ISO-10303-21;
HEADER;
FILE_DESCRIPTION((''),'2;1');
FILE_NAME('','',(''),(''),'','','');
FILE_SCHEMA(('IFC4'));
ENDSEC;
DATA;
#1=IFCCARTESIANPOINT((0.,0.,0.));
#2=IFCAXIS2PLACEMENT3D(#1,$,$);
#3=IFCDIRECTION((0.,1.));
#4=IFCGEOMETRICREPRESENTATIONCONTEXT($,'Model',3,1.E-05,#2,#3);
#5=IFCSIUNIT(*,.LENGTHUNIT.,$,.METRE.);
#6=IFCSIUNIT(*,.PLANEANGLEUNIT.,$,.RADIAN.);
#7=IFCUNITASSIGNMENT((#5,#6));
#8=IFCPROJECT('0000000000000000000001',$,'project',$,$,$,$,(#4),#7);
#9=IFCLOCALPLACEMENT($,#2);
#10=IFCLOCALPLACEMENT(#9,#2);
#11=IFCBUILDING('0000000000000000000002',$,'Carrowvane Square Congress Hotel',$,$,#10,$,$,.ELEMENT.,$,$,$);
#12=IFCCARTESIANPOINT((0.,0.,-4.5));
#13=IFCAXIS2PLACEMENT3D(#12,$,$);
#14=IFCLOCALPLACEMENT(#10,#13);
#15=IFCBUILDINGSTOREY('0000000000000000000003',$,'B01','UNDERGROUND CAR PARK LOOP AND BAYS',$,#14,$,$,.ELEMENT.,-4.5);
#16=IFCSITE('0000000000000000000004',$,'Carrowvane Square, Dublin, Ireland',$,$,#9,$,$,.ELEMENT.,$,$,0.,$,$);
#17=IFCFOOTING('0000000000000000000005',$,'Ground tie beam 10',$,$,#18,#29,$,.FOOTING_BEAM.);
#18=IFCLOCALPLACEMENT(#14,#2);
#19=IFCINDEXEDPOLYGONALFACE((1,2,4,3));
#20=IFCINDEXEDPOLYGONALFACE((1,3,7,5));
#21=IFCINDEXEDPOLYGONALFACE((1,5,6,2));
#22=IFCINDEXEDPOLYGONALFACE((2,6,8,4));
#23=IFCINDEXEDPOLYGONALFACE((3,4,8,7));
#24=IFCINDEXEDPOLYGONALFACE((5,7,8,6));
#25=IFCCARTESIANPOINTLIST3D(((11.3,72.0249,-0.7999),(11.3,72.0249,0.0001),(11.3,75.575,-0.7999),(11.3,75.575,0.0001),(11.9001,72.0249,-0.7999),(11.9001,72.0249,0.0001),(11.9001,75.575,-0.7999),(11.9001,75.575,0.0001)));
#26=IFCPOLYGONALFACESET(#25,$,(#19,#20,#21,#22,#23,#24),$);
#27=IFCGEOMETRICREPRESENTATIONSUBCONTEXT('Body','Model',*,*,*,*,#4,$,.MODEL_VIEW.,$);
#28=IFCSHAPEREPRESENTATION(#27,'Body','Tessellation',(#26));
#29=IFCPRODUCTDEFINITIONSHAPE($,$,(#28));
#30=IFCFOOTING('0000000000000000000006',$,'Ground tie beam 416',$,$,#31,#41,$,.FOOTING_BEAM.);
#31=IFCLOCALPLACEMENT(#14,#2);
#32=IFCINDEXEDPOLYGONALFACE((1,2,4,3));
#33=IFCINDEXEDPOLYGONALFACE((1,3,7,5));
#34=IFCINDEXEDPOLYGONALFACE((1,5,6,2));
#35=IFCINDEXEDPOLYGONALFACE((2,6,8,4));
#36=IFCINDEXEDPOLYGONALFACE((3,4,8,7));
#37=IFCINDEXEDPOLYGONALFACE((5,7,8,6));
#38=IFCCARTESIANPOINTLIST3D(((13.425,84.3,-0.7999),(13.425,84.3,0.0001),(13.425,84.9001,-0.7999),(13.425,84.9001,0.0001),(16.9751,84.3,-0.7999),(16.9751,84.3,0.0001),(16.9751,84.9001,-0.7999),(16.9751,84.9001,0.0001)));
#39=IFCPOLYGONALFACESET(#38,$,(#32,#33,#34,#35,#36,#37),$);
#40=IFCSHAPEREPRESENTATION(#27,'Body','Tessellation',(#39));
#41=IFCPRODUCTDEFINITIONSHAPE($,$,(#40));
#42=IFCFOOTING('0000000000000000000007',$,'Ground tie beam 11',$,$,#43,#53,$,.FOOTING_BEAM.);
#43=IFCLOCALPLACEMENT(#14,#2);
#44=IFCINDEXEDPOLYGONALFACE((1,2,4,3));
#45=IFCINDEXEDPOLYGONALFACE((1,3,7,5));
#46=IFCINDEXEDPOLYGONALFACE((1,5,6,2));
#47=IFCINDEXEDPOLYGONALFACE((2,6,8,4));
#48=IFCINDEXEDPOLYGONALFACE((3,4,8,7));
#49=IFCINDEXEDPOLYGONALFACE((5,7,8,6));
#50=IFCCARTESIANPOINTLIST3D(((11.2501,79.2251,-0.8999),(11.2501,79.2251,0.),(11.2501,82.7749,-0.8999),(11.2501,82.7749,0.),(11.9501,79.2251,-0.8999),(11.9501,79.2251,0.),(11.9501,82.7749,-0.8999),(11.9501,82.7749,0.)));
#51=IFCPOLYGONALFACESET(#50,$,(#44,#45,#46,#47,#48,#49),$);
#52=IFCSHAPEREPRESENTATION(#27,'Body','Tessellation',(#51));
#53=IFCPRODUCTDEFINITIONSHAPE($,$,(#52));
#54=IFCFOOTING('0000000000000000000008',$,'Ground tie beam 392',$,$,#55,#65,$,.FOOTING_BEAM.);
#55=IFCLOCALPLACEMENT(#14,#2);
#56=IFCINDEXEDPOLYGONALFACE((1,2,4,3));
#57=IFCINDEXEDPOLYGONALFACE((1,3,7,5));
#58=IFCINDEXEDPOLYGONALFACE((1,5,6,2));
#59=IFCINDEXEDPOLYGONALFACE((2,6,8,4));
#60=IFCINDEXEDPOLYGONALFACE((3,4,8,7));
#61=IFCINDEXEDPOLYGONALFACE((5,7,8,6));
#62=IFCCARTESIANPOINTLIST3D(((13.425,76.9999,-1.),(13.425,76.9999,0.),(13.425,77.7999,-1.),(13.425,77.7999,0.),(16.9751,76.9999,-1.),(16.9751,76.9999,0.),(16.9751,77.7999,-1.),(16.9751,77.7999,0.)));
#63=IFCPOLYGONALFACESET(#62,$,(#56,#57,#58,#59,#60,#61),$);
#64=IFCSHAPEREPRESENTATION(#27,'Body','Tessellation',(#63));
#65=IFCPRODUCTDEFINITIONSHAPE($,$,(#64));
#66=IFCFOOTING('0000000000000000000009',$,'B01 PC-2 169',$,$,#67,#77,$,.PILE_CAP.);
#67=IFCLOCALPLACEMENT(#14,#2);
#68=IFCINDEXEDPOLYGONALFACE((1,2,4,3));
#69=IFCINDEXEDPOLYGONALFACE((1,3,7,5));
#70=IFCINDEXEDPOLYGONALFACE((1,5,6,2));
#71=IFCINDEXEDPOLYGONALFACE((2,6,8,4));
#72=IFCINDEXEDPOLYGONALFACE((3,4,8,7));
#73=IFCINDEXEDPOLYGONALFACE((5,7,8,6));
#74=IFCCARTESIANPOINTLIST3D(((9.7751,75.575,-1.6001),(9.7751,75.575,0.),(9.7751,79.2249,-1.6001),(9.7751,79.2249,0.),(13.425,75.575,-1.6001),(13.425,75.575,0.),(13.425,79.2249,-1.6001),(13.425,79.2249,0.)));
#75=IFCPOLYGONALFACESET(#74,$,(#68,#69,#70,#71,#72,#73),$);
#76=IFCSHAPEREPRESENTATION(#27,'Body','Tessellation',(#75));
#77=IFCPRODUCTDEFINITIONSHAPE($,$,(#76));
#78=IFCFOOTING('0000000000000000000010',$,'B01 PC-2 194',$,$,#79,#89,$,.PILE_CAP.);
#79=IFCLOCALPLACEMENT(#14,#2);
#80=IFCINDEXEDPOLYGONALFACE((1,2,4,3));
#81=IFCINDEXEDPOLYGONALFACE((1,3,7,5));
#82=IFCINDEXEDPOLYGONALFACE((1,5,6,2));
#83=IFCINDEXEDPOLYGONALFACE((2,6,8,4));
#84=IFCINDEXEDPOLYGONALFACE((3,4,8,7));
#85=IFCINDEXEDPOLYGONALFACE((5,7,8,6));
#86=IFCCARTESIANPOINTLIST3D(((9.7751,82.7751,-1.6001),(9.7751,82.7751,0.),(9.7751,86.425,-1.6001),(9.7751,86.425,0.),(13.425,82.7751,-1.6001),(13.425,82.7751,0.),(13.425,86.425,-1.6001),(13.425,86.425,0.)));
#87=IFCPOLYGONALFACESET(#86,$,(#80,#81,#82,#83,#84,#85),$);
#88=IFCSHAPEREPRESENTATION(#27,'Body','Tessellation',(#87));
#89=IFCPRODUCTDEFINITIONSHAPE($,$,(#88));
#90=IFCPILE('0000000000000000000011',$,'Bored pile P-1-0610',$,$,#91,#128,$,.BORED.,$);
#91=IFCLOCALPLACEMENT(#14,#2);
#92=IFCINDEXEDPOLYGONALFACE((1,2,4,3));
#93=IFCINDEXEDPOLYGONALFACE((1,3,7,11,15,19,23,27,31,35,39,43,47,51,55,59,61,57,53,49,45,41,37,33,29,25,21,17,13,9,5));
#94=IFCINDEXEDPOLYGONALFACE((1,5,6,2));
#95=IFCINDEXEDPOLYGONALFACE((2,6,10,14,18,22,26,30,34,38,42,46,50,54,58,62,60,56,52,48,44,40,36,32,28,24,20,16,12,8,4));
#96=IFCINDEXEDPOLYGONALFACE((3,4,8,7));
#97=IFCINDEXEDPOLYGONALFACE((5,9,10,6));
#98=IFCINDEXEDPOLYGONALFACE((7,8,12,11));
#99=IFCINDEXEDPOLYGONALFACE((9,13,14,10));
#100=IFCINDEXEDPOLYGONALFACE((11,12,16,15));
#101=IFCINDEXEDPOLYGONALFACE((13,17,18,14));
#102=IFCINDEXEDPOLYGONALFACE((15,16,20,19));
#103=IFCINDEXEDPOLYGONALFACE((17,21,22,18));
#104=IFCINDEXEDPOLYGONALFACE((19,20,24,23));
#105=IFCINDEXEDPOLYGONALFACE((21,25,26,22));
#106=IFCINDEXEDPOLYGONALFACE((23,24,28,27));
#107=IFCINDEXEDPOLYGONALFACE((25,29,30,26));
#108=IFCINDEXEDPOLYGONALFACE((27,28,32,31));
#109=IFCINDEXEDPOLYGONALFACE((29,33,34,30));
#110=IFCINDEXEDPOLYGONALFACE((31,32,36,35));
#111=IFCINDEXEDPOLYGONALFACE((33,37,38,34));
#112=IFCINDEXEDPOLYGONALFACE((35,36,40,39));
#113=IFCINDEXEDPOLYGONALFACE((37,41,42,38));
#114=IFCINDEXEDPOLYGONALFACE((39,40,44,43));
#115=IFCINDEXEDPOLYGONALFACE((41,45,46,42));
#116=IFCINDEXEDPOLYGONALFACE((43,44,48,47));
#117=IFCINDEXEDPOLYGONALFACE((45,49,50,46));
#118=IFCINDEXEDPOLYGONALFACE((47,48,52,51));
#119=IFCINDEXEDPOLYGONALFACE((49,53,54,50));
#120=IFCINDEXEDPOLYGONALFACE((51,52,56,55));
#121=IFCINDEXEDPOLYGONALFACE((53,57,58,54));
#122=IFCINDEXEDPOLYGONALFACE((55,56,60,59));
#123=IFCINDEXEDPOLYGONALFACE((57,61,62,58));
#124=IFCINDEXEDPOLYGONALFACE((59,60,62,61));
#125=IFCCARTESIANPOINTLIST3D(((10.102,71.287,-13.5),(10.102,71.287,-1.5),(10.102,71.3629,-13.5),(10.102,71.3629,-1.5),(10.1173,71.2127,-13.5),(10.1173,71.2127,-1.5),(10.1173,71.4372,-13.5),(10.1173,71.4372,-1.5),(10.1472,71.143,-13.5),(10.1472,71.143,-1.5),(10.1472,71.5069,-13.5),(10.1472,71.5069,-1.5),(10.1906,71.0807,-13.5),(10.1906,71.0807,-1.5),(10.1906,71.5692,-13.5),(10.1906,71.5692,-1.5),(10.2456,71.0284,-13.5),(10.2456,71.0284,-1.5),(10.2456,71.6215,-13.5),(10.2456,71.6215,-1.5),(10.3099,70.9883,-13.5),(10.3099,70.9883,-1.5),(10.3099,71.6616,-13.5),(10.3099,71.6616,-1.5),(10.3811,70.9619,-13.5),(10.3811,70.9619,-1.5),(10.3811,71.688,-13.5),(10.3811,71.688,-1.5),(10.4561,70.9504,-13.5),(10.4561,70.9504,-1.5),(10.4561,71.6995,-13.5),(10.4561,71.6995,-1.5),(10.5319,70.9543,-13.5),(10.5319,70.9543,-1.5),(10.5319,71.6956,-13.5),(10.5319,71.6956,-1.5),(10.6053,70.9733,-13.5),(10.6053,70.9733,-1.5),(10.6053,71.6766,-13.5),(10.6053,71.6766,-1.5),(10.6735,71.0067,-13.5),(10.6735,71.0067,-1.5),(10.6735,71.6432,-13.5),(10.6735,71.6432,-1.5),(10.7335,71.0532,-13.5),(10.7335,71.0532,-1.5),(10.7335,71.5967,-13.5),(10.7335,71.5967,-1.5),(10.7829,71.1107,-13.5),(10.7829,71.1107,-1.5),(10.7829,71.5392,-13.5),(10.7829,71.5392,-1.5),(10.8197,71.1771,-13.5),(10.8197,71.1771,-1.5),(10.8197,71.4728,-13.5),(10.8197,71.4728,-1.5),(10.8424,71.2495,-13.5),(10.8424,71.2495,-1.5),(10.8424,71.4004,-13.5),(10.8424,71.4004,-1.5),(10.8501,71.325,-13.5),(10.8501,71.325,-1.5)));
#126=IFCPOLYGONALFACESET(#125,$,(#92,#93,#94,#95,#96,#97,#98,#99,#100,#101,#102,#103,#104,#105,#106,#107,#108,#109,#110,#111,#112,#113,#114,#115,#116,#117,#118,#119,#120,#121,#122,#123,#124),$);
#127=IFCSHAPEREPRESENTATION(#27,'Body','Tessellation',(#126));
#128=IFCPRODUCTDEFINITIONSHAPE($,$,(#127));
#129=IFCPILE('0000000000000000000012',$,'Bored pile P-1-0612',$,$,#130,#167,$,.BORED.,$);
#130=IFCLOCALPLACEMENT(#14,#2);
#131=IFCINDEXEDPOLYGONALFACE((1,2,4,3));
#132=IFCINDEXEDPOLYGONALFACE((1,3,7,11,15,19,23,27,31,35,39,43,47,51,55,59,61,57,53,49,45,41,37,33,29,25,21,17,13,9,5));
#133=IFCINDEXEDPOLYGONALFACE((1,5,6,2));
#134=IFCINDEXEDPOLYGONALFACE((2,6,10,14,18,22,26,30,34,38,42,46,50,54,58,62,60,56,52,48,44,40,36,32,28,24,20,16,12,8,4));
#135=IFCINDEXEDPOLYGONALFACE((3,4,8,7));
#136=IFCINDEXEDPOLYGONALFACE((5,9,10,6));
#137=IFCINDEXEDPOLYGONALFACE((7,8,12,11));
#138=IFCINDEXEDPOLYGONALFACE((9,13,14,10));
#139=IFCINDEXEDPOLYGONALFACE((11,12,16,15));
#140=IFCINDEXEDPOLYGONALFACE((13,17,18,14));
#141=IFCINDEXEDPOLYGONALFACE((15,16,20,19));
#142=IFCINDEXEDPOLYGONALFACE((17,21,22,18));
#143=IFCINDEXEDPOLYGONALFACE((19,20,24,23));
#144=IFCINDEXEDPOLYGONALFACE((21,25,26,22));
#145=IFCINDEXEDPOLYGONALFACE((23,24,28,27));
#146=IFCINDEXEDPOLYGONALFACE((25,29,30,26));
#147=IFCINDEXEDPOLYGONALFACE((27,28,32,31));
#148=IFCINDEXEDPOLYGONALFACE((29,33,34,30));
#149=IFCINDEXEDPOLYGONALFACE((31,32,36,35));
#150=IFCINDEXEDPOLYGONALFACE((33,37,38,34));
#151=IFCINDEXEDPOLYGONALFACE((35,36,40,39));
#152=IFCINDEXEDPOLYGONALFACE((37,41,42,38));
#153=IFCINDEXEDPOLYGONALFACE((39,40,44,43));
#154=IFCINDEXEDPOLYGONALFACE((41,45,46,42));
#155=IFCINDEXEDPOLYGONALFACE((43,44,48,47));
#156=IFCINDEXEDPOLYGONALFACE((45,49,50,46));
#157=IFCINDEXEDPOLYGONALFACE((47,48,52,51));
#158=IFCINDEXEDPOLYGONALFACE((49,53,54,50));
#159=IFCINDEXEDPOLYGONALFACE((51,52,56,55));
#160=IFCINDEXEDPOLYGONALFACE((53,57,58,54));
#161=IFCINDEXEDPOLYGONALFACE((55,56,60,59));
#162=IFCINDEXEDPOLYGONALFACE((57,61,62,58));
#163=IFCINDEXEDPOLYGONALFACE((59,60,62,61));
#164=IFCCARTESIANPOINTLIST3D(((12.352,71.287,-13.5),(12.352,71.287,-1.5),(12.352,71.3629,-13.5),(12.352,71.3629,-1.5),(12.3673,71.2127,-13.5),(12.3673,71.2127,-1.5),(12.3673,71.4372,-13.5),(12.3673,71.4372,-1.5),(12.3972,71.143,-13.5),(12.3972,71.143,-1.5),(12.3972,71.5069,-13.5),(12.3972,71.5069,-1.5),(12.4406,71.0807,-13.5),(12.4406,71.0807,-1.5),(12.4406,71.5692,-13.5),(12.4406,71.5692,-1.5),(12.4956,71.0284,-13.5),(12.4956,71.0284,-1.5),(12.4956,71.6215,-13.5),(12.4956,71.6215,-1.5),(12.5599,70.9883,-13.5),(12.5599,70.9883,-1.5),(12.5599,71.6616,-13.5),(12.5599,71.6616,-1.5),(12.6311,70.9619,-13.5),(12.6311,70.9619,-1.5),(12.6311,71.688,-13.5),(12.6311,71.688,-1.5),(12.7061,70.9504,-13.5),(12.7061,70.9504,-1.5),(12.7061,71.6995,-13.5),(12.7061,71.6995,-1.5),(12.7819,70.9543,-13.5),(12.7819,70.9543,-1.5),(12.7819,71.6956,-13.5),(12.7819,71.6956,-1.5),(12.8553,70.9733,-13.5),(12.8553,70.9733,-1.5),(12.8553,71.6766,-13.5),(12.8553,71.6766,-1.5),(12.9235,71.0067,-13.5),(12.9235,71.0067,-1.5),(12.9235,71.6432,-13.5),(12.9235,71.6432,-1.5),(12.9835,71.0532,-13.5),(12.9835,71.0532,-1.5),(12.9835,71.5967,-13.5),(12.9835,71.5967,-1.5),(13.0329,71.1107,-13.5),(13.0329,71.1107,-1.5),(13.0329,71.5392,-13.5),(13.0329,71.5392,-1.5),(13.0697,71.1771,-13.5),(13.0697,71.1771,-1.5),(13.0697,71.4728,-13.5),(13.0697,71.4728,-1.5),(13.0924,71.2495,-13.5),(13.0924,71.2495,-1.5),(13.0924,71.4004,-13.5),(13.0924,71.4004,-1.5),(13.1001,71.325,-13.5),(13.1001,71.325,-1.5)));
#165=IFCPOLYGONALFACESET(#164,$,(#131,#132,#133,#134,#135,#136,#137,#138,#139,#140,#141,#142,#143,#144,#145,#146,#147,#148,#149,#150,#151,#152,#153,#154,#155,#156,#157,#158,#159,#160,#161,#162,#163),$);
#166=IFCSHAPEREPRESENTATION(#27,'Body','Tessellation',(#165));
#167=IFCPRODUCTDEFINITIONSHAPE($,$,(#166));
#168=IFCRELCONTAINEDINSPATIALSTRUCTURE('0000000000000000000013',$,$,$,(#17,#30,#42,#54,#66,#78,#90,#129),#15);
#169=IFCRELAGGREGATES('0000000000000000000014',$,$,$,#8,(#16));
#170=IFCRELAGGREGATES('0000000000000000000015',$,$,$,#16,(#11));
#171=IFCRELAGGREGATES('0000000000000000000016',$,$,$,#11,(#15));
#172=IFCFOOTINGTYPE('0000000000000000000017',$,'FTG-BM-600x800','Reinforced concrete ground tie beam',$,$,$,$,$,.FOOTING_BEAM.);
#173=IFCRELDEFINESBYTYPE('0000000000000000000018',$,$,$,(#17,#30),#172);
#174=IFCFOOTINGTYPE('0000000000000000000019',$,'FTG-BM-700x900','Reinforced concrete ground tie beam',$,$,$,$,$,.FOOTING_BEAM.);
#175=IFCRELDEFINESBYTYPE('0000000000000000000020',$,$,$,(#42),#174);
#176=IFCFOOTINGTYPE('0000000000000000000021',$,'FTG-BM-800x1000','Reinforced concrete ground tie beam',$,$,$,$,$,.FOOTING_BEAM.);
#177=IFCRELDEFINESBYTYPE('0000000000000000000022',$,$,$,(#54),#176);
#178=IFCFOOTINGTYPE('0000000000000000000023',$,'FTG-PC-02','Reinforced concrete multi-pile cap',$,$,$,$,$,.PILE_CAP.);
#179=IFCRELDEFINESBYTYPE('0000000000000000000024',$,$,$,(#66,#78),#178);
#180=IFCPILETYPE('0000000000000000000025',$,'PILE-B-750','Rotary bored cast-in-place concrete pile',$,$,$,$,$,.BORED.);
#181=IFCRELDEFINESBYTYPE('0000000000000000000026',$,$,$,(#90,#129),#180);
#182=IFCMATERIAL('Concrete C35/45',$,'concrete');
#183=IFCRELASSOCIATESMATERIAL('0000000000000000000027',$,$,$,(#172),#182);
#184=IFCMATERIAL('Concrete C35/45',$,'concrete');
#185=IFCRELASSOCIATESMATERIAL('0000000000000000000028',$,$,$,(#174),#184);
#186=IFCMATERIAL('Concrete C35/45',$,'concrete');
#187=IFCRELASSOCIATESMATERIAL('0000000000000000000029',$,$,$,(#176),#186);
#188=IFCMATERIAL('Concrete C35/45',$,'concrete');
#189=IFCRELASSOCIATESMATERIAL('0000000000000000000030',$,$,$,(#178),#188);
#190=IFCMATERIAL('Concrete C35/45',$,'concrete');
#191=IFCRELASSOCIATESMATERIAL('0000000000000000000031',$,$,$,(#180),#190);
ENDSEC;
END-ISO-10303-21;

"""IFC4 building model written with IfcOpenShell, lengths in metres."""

from ifc_helpers import new_model, si_unit, direction, frame, origin, origin_2d, place, context, subcontext, project, spatial, rectangle, circle, extrude, material, material_profile, profile_set, type_object, element, save


model = new_model("IFC4")

# Units and contexts
model_context = context("Model", 3, precision=1e-05, world=origin(), true_north=direction((0.0, 1.0)))
body_context = subcontext(model_context, "Body", "Model", "MODEL_VIEW")
ifc_project = project(units=[si_unit("LENGTHUNIT", "METRE"), si_unit("PLANEANGLEUNIT", "RADIAN")], contexts=[model_context])

# Site, building, storey
site_placement = place(None, origin())
site = spatial("IfcSite", under=ifc_project, at=site_placement, Name="Carrowvane Square, Dublin, Ireland", CompositionType="ELEMENT", RefElevation=0.0)
building_placement = place(site_placement, origin())
building = spatial("IfcBuilding", under=site, at=building_placement, Name="Carrowvane Square Congress Hotel", CompositionType="ELEMENT")
storey_placement = place(building_placement, frame((0.0, 0.0, -4.5)))
storey = spatial("IfcBuildingStorey", under=building, at=storey_placement, Name="B01", Description="UNDERGROUND CAR PARK LOOP AND BAYS", CompositionType="ELEMENT", Elevation=-4.5)

# Footings
ifc_material_1 = material(Name="Concrete C35/45", Category="concrete")
ifc_material_profile_1 = material_profile(ifc_material_1, rectangle(XDim=0.6001, YDim=0.8, at=origin_2d()), Name="RC 600x800")
ifc_profile_set_1 = profile_set([ifc_material_profile_1], Name="Concrete C35/45")
footing_type_1 = type_object("IfcFootingType", Name="FTG-BM-600x800", Description="Reinforced concrete ground tie beam", PredefinedType="FOOTING_BEAM", material=ifc_profile_set_1)
for number, where, z_axis, x_axis, name in (
    (1, (11.6001, 72.0249, -0.3999), (0.0, 1.0, 0.0), (-1.0, 0.0, 0.0), "Ground tie beam 10"),
    (2, (13.425, 84.6001, -0.3999), (1.0, 0.0, 0.0), (0.0, 1.0, 0.0), "Ground tie beam 416"),
):
    element("IfcFooting", number, at=place(storey_placement, frame(where, z_axis=z_axis, x_axis=x_axis)), inside=storey, type_object=footing_type_1, Name=name, PredefinedType="FOOTING_BEAM", context=body_context, shape_type="SweptSolid", body=[
        extrude(rectangle(XDim=0.6001, YDim=0.8, at=origin_2d()), origin(), (0.0, 0.0, 1.0), 3.55),
    ])
ifc_material_2 = material(Name="Concrete C35/45", Category="concrete")
ifc_material_profile_2 = material_profile(ifc_material_2, rectangle(XDim=0.7, YDim=0.8999, at=origin_2d()), Name="RC 700x900")
ifc_profile_set_2 = profile_set([ifc_material_profile_2], Name="Concrete C35/45")
footing_type_2 = type_object("IfcFootingType", Name="FTG-BM-700x900", Description="Reinforced concrete ground tie beam", PredefinedType="FOOTING_BEAM", material=ifc_profile_set_2)
footing_1_placement = place(storey_placement, frame((11.6001, 79.2251, -0.45), z_axis=(0.0, 1.0, 0.0), x_axis=(-1.0, 0.0, 0.0)))
element("IfcFooting", 3, at=footing_1_placement, inside=storey, type_object=footing_type_2, Name="Ground tie beam 11", PredefinedType="FOOTING_BEAM", context=body_context, shape_type="SweptSolid", body=[
    extrude(rectangle(XDim=0.7, YDim=0.8999, at=origin_2d()), origin(), (0.0, 0.0, 1.0), 3.5498),
])
ifc_material_3 = material(Name="Concrete C35/45", Category="concrete")
ifc_material_profile_3 = material_profile(ifc_material_3, rectangle(XDim=0.8, YDim=1.0, at=origin_2d()), Name="RC 800x1000")
ifc_profile_set_3 = profile_set([ifc_material_profile_3], Name="Concrete C35/45")
footing_type_3 = type_object("IfcFootingType", Name="FTG-BM-800x1000", Description="Reinforced concrete ground tie beam", PredefinedType="FOOTING_BEAM", material=ifc_profile_set_3)
footing_2_placement = place(storey_placement, frame((13.425, 77.3999, -0.5), z_axis=(1.0, 0.0, 0.0), x_axis=(0.0, 1.0, 0.0)))
element("IfcFooting", 4, at=footing_2_placement, inside=storey, type_object=footing_type_3, Name="Ground tie beam 392", PredefinedType="FOOTING_BEAM", context=body_context, shape_type="SweptSolid", body=[
    extrude(rectangle(XDim=0.8, YDim=1.0, at=origin_2d()), origin(), (0.0, 0.0, 1.0), 3.55),
])
ifc_material_4 = material(Name="Concrete C35/45", Category="concrete")
footing_type_4 = type_object("IfcFootingType", Name="FTG-PC-02", Description="Reinforced concrete multi-pile cap", PredefinedType="PILE_CAP", material=ifc_material_4)
for number, where, z_axis, x_axis, name in (
    (5, (11.6001, 77.3999, -1.6001), (0.0, 0.0, 1.0), (1.0, 0.0, 0.0), "B01 PC-2 169"),
    (6, (11.6001, 84.6001, -1.6001), (0.0, 0.0, 1.0), (1.0, 0.0, 0.0), "B01 PC-2 194"),
):
    element("IfcFooting", number, at=place(storey_placement, frame(where, z_axis=z_axis, x_axis=x_axis)), inside=storey, type_object=footing_type_4, Name=name, PredefinedType="PILE_CAP", context=body_context, shape_type="SweptSolid", body=[
        extrude(rectangle(XDim=3.6499, YDim=3.6499, at=origin_2d()), origin(), (0.0, 0.0, 1.0), 1.6001),
    ])

# Piles
ifc_material_5 = material(Name="Concrete C35/45", Category="concrete")
ifc_material_profile_4 = material_profile(ifc_material_5, circle(Radius=0.375, at=origin_2d()), Name="PILE D750")
ifc_profile_set_4 = profile_set([ifc_material_profile_4], Name="Concrete C35/45")
pile_type = type_object("IfcPileType", Name="PILE-B-750", Description="Rotary bored cast-in-place concrete pile", PredefinedType="BORED", material=ifc_profile_set_4)
for number, where, z_axis, x_axis, name in (
    (7, (10.4751, 71.325, -1.5), (0.0, 0.0, -1.0), (1.0, 0.0, 0.0), "Bored pile P-1-0610"),
    (8, (12.7251, 71.325, -1.5), (0.0, 0.0, -1.0), (1.0, 0.0, 0.0), "Bored pile P-1-0612"),
):
    element("IfcPile", number, at=place(storey_placement, frame(where, z_axis=z_axis, x_axis=x_axis)), inside=storey, type_object=pile_type, Name=name, PredefinedType="BORED", context=body_context, shape_type="SweptSolid", body=[
        extrude(circle(Radius=0.375, at=origin_2d()), origin(), (0.0, 0.0, 1.0), 12.0),
    ])

save(model, "model.ifc")
